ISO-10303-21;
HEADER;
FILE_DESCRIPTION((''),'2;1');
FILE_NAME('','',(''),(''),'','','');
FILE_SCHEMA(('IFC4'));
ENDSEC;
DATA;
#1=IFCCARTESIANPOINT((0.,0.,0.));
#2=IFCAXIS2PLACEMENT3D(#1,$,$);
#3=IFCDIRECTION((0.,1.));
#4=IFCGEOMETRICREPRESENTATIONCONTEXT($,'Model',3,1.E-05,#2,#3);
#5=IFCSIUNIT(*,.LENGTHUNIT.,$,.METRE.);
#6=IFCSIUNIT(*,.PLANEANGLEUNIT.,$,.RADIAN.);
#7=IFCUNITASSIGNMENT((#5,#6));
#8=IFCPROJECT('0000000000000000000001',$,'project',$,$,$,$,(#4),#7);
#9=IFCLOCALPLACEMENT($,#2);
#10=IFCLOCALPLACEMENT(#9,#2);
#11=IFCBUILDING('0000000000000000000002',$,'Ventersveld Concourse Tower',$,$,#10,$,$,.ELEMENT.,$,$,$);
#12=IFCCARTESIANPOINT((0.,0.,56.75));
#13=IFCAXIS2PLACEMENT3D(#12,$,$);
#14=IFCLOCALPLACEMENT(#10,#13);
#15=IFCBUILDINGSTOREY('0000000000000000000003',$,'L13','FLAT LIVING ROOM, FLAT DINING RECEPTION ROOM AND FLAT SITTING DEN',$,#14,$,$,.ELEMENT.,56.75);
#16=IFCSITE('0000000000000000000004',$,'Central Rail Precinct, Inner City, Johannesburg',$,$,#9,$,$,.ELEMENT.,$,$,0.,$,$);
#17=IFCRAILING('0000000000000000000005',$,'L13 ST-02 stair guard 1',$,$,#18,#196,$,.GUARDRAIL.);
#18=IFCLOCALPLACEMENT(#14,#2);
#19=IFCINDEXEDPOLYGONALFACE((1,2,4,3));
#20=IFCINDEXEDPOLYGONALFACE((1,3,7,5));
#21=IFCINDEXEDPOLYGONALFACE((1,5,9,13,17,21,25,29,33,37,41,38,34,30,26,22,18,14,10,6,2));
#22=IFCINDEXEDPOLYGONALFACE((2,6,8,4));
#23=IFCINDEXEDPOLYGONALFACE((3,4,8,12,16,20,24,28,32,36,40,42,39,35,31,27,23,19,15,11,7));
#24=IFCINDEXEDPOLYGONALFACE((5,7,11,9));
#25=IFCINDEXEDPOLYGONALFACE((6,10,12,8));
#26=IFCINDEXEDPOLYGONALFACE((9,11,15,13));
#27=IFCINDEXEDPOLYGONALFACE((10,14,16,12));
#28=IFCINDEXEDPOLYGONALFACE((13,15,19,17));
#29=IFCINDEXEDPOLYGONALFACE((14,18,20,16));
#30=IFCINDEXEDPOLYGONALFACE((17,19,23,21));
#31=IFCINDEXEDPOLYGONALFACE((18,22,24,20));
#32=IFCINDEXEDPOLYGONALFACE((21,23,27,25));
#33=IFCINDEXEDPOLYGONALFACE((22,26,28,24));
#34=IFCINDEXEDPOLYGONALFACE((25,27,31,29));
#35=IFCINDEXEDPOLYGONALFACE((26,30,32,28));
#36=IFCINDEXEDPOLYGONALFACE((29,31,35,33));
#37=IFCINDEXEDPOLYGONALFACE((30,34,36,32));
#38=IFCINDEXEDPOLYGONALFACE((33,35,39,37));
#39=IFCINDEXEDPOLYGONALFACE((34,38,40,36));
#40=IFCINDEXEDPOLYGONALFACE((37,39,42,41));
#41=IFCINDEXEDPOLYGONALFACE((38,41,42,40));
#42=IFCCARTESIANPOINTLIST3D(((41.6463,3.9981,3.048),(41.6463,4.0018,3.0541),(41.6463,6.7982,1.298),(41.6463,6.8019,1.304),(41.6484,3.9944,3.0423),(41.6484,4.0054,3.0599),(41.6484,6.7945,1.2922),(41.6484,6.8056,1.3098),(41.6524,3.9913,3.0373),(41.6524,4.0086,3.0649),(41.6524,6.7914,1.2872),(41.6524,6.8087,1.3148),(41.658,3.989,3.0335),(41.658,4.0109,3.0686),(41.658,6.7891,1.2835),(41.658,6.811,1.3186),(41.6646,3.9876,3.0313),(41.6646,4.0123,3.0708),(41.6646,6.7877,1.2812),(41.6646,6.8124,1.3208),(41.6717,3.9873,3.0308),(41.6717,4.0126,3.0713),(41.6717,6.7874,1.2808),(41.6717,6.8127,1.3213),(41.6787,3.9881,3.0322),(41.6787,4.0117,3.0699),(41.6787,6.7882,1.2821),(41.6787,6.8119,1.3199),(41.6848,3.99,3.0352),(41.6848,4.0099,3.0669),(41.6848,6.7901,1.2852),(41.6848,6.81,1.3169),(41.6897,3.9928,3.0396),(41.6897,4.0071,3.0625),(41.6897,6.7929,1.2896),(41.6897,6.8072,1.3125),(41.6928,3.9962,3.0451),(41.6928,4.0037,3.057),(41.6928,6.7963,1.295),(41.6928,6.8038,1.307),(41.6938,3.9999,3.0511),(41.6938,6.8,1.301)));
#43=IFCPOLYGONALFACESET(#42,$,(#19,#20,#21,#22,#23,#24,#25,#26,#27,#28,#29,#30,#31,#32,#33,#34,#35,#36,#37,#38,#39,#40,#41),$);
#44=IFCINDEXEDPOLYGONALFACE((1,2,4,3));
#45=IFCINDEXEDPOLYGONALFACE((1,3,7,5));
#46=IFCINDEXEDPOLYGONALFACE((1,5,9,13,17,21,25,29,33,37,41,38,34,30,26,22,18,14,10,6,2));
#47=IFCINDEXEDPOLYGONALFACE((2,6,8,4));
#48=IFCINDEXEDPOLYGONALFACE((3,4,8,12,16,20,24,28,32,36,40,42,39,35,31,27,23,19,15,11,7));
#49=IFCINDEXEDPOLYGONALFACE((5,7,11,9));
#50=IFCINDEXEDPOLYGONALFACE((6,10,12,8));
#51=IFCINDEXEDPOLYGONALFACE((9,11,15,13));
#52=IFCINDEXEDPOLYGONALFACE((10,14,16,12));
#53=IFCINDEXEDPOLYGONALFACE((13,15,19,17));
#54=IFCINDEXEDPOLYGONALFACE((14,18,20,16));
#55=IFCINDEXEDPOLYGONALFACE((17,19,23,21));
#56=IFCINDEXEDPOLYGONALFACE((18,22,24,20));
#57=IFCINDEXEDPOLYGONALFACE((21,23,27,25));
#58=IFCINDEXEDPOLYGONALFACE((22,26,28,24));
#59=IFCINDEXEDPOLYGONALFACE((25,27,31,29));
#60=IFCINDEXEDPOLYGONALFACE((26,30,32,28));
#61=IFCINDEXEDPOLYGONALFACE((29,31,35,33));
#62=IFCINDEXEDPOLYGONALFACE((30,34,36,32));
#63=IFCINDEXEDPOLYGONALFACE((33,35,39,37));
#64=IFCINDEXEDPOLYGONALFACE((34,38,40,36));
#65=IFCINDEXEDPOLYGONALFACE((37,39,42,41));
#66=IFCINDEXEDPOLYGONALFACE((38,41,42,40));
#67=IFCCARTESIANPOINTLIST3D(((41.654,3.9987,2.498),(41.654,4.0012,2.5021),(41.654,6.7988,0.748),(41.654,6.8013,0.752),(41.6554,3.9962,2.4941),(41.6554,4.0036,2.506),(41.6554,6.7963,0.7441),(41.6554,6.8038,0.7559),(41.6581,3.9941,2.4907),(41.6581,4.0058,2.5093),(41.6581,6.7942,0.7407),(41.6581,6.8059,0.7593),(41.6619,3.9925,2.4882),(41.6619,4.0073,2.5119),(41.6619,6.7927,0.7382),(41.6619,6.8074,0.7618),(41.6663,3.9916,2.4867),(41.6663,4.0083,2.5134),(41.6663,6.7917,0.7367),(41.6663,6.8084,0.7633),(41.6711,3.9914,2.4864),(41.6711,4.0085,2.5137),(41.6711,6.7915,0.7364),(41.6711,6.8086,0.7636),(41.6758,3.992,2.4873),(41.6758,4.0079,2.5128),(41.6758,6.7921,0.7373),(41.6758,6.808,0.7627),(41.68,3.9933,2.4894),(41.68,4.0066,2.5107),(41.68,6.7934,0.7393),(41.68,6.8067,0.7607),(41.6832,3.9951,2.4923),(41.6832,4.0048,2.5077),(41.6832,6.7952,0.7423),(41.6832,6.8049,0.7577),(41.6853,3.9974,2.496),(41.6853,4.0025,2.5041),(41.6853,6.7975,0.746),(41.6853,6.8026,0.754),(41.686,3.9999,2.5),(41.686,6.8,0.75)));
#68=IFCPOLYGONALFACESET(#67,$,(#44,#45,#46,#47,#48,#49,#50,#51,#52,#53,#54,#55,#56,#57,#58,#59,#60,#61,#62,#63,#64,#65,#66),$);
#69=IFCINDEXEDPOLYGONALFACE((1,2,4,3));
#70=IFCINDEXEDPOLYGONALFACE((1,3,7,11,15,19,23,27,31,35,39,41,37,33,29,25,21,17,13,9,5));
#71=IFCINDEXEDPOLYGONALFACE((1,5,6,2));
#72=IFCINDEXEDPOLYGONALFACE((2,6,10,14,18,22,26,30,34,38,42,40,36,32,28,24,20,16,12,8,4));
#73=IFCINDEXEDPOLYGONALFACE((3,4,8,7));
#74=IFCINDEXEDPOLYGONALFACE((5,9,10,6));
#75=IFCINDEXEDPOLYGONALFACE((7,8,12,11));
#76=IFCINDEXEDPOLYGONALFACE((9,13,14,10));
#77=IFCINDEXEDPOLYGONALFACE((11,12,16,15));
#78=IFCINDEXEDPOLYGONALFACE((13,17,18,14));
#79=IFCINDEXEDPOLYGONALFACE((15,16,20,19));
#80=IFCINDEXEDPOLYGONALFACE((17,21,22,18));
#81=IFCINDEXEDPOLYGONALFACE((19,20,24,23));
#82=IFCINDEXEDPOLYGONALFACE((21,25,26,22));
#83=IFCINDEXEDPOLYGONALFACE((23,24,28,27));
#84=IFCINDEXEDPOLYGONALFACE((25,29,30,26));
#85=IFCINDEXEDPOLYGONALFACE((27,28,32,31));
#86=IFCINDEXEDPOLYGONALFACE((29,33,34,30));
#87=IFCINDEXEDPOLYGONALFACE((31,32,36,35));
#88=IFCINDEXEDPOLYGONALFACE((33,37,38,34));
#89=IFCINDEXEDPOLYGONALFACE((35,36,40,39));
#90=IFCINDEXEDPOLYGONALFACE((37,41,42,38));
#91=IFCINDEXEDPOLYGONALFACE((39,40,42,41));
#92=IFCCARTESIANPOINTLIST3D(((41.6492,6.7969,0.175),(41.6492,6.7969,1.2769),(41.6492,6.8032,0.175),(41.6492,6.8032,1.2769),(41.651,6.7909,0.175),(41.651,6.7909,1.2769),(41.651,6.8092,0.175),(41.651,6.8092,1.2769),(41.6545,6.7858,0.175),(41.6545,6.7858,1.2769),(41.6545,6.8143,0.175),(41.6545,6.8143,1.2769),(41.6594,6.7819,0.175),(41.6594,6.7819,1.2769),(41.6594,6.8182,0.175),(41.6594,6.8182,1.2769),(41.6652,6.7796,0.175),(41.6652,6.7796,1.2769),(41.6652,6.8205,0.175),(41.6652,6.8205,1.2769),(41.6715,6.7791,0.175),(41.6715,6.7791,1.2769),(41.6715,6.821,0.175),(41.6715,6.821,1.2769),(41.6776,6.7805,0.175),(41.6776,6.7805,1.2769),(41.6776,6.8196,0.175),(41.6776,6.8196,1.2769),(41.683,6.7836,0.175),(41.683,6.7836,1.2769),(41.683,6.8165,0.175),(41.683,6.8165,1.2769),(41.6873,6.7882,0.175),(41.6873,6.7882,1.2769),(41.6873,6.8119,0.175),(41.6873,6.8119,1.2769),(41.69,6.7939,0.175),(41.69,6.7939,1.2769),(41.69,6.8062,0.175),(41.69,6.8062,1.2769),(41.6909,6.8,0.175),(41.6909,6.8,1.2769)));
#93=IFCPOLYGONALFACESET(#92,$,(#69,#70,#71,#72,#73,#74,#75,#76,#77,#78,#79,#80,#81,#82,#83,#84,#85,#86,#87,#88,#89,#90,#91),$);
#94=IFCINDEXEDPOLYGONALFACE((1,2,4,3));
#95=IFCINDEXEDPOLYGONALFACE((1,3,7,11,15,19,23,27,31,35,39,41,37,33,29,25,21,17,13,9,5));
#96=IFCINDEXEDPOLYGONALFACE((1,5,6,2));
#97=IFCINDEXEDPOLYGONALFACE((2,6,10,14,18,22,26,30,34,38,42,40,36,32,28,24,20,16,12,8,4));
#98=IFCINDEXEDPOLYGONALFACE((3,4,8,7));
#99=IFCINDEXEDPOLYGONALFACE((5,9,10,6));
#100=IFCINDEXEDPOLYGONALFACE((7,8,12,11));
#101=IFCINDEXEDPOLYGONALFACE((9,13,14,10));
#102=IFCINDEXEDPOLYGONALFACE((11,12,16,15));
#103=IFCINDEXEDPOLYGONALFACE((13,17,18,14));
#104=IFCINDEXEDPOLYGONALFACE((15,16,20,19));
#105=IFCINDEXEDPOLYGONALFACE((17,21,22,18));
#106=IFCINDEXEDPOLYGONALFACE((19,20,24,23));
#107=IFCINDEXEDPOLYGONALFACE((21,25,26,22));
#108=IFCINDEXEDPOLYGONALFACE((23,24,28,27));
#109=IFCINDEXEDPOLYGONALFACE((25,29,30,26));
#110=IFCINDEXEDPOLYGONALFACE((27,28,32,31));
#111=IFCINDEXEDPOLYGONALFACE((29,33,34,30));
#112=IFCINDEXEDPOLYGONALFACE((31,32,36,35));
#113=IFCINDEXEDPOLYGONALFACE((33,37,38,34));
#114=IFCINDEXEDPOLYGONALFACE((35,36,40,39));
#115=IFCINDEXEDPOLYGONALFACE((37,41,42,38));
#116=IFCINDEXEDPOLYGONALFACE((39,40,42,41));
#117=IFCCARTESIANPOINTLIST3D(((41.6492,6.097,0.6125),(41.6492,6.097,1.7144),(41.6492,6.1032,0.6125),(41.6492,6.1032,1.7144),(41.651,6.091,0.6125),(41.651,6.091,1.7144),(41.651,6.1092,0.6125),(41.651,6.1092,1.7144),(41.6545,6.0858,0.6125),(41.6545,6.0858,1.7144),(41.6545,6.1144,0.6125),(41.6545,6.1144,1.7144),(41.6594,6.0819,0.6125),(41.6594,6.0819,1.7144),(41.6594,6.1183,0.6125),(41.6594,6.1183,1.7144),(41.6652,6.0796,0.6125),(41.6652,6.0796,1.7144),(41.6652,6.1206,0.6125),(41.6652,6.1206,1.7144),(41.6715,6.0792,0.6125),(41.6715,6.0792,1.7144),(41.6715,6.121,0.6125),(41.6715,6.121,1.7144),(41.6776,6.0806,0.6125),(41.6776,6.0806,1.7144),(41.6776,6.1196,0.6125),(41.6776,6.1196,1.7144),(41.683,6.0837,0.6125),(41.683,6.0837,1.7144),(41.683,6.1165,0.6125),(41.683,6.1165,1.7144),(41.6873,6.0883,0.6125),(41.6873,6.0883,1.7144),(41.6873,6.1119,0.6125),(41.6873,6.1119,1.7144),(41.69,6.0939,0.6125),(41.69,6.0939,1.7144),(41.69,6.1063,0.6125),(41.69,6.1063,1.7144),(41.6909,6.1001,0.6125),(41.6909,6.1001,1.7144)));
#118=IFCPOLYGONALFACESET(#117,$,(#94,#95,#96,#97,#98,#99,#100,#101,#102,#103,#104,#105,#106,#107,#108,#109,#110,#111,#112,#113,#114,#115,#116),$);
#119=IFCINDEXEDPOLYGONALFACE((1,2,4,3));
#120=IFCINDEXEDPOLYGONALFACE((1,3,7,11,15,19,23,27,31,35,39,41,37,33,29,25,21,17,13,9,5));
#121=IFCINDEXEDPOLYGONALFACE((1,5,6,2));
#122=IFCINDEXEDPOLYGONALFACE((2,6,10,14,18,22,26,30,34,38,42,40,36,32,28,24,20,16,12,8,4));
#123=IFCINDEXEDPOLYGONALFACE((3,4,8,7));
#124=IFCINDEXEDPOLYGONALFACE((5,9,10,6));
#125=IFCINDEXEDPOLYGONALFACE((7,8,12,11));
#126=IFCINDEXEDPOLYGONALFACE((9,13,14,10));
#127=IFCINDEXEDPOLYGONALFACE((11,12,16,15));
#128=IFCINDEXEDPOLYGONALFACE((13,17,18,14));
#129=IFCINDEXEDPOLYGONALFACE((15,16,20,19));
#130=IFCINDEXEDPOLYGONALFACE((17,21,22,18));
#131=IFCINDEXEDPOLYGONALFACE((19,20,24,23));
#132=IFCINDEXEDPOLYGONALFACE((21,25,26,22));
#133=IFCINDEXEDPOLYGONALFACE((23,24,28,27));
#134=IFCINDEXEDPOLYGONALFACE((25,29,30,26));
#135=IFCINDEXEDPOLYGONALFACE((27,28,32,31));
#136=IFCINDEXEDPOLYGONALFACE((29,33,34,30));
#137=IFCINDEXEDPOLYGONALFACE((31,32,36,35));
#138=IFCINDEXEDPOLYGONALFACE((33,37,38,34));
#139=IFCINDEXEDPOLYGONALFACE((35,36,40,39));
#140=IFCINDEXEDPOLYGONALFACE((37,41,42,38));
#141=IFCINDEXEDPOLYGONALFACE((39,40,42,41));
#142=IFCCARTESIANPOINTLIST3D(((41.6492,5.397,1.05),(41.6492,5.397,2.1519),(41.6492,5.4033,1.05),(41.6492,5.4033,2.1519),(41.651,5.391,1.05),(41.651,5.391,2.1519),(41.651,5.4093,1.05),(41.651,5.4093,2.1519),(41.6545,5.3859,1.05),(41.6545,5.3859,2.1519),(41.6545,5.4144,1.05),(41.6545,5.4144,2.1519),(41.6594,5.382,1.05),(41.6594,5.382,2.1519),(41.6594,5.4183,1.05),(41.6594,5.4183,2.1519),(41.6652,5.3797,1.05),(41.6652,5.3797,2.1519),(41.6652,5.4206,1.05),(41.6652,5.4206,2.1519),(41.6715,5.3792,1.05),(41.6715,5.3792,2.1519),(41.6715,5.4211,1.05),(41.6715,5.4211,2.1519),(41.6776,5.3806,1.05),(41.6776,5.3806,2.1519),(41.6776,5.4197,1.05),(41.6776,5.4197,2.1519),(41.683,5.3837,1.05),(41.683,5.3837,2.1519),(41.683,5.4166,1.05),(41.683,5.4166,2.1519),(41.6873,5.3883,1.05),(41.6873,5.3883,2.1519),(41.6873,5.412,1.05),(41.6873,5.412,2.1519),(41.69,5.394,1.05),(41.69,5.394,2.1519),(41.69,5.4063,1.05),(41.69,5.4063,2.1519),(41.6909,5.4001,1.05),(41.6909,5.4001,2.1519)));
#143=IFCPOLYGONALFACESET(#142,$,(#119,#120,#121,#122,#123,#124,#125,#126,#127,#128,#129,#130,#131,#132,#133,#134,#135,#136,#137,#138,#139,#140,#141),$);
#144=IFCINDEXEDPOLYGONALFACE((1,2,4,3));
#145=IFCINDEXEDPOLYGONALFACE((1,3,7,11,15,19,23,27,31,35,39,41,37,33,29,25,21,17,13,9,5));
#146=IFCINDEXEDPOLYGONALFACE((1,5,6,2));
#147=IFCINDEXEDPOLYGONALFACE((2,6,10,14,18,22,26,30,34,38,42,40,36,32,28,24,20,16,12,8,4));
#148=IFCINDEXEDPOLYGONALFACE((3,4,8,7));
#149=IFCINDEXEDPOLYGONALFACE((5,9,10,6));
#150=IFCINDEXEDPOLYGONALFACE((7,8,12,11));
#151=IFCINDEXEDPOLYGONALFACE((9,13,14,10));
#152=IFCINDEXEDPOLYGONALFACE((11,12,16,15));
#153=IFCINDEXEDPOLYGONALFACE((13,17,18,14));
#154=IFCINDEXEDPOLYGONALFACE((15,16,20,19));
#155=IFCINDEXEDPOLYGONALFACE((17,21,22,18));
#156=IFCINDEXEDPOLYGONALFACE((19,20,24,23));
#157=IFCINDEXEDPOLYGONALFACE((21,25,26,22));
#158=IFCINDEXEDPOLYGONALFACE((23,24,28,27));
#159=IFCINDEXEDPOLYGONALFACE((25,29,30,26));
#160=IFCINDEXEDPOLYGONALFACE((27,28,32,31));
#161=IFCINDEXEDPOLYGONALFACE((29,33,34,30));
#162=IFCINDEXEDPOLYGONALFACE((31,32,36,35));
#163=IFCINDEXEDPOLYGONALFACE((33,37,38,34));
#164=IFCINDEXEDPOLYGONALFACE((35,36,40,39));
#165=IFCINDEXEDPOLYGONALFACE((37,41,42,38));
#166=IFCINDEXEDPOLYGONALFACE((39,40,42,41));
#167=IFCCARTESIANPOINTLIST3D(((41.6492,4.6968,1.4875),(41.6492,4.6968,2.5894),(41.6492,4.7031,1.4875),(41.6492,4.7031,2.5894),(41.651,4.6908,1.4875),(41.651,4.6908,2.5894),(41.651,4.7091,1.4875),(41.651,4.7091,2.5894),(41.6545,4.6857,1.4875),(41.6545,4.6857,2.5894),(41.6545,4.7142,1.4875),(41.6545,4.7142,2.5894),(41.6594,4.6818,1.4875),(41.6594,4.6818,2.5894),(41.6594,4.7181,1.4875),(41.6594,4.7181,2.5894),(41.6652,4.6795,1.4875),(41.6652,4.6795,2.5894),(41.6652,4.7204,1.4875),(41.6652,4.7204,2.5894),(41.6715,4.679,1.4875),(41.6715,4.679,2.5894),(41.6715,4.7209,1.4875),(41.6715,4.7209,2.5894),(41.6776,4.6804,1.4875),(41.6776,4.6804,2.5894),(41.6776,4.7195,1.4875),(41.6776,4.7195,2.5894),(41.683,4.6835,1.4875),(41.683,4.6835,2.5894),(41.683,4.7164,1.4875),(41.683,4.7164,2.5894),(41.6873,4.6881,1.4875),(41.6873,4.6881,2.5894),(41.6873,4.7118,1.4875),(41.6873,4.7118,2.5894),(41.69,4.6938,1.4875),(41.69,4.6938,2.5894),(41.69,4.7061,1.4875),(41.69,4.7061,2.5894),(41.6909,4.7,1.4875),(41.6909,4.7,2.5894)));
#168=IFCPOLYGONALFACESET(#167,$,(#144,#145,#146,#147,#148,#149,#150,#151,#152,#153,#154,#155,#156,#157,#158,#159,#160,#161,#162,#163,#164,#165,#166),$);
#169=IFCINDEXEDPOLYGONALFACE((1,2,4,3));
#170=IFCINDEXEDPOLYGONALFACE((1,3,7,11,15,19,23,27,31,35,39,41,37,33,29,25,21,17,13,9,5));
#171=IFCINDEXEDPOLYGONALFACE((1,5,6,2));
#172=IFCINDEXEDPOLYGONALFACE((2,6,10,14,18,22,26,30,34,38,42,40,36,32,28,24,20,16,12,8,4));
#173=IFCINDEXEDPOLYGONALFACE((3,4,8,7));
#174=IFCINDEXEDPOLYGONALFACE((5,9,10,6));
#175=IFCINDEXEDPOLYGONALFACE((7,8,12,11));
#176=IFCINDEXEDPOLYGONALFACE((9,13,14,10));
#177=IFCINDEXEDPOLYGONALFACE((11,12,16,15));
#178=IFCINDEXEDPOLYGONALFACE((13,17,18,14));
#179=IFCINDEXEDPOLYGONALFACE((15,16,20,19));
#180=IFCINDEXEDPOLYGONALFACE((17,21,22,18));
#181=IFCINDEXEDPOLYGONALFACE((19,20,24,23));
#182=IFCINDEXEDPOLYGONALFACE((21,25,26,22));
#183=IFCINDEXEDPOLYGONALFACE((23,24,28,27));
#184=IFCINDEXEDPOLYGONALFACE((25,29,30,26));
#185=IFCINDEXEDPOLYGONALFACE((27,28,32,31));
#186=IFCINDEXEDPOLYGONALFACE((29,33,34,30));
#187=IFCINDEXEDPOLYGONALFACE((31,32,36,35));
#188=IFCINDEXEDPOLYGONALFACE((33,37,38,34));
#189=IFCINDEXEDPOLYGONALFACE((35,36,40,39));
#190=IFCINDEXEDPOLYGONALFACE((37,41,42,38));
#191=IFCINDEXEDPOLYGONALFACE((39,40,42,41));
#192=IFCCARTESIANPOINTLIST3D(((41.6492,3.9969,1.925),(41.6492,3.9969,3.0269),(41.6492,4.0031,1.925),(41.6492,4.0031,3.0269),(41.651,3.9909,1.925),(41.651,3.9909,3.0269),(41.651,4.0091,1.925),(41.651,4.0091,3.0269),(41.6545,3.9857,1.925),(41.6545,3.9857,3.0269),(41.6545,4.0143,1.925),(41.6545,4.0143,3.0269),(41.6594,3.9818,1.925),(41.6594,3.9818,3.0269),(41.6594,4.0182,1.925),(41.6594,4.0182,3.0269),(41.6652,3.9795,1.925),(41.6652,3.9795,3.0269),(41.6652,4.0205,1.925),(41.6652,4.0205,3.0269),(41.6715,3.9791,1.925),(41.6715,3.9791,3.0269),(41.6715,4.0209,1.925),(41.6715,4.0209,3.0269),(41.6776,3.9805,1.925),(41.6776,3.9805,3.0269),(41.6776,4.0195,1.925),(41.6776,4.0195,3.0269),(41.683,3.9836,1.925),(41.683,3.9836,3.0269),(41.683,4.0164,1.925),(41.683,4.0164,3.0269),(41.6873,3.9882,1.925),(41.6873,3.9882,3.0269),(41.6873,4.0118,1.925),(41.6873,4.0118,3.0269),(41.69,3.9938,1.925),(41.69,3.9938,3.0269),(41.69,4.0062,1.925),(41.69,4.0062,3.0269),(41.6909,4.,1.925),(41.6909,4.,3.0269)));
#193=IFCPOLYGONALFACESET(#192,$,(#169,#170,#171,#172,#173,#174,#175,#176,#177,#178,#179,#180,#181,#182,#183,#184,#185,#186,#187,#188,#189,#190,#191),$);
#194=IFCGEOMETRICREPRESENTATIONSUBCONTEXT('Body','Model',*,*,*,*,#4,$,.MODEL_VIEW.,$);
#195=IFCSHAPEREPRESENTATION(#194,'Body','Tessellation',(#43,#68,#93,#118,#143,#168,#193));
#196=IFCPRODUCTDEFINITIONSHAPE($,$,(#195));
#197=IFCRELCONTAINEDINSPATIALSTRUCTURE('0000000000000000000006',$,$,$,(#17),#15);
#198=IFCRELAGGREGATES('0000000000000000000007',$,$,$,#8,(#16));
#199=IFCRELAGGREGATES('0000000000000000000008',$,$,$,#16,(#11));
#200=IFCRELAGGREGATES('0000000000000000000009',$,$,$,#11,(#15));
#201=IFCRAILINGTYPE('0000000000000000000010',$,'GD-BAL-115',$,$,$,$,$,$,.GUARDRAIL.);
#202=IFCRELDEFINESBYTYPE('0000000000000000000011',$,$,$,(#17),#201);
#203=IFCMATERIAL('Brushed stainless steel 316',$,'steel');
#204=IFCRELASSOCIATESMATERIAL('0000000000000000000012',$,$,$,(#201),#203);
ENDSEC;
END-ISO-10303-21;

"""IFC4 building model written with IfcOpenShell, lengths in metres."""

from ifc_helpers import new_model, si_unit, direction, frame, origin, origin_2d, place, context, subcontext, project, spatial, circle, extrude, material, type_object, element, save


model = new_model("IFC4")

# Units and contexts
model_context = context("Model", 3, precision=1e-05, world=origin(), true_north=direction((0.0, 1.0)))
body_context = subcontext(model_context, "Body", "Model", "MODEL_VIEW")
ifc_project = project(units=[si_unit("LENGTHUNIT", "METRE"), si_unit("PLANEANGLEUNIT", "RADIAN")], contexts=[model_context])

# Site, building, storey
site_placement = place(None, origin())
site = spatial("IfcSite", under=ifc_project, at=site_placement, Name="Central Rail Precinct, Inner City, Johannesburg", CompositionType="ELEMENT", RefElevation=0.0)
building_placement = place(site_placement, origin())
building = spatial("IfcBuilding", under=site, at=building_placement, Name="Ventersveld Concourse Tower", CompositionType="ELEMENT")
storey_placement = place(building_placement, frame((0.0, 0.0, 56.75)))
storey = spatial("IfcBuildingStorey", under=building, at=storey_placement, Name="L13", Description="FLAT LIVING ROOM, FLAT DINING RECEPTION ROOM AND FLAT SITTING DEN", CompositionType="ELEMENT", Elevation=56.75)

# Railing
ifc_material_1 = material(Name="Brushed stainless steel 316", Category="steel")
railing_type_1 = type_object("IfcRailingType", Name="GD-BAL-115", PredefinedType="GUARDRAIL", material=ifc_material_1)
railing_1_placement = place(storey_placement, frame((41.6699, 6.8, 0.175)))
element("IfcRailing", 1, at=railing_1_placement, inside=storey, type_object=railing_type_1, Name="L13 ST-02 stair guard 1", PredefinedType="GUARDRAIL", context=body_context, shape_type="SweptSolid", body=[
    extrude(circle(Radius=0.0239, at=origin_2d()), frame((0.0, 0.0, 1.126), z_axis=(0.0, -0.848002, 0.529992), x_axis=(1.0, 0.0, 0.0)), (0.0, 0.0, 1.0), 3.302),
    extrude(circle(Radius=0.0161, at=origin_2d()), frame((0.0, 0.0, 0.575), z_axis=(0.0, -0.848002, 0.529992), x_axis=(1.0, 0.0, 0.0)), (0.0, 0.0, 1.0), 3.302),
    extrude(circle(Radius=0.021, at=origin_2d()), origin(), (0.0, 0.0, 1.0), 1.1018),
    extrude(circle(Radius=0.021, at=origin_2d()), frame((0.0, -0.7, 0.4375)), (0.0, 0.0, 1.0), 1.1018),
    extrude(circle(Radius=0.021, at=origin_2d()), frame((0.0, -1.3999, 0.875)), (0.0, 0.0, 1.0), 1.1018),
    extrude(circle(Radius=0.021, at=origin_2d()), frame((0.0, -2.1001, 1.3125)), (0.0, 0.0, 1.0), 1.1018),
    extrude(circle(Radius=0.021, at=origin_2d()), frame((0.0, -2.8, 1.75)), (0.0, 0.0, 1.0), 1.1018),
])

save(model, "model.ifc")
